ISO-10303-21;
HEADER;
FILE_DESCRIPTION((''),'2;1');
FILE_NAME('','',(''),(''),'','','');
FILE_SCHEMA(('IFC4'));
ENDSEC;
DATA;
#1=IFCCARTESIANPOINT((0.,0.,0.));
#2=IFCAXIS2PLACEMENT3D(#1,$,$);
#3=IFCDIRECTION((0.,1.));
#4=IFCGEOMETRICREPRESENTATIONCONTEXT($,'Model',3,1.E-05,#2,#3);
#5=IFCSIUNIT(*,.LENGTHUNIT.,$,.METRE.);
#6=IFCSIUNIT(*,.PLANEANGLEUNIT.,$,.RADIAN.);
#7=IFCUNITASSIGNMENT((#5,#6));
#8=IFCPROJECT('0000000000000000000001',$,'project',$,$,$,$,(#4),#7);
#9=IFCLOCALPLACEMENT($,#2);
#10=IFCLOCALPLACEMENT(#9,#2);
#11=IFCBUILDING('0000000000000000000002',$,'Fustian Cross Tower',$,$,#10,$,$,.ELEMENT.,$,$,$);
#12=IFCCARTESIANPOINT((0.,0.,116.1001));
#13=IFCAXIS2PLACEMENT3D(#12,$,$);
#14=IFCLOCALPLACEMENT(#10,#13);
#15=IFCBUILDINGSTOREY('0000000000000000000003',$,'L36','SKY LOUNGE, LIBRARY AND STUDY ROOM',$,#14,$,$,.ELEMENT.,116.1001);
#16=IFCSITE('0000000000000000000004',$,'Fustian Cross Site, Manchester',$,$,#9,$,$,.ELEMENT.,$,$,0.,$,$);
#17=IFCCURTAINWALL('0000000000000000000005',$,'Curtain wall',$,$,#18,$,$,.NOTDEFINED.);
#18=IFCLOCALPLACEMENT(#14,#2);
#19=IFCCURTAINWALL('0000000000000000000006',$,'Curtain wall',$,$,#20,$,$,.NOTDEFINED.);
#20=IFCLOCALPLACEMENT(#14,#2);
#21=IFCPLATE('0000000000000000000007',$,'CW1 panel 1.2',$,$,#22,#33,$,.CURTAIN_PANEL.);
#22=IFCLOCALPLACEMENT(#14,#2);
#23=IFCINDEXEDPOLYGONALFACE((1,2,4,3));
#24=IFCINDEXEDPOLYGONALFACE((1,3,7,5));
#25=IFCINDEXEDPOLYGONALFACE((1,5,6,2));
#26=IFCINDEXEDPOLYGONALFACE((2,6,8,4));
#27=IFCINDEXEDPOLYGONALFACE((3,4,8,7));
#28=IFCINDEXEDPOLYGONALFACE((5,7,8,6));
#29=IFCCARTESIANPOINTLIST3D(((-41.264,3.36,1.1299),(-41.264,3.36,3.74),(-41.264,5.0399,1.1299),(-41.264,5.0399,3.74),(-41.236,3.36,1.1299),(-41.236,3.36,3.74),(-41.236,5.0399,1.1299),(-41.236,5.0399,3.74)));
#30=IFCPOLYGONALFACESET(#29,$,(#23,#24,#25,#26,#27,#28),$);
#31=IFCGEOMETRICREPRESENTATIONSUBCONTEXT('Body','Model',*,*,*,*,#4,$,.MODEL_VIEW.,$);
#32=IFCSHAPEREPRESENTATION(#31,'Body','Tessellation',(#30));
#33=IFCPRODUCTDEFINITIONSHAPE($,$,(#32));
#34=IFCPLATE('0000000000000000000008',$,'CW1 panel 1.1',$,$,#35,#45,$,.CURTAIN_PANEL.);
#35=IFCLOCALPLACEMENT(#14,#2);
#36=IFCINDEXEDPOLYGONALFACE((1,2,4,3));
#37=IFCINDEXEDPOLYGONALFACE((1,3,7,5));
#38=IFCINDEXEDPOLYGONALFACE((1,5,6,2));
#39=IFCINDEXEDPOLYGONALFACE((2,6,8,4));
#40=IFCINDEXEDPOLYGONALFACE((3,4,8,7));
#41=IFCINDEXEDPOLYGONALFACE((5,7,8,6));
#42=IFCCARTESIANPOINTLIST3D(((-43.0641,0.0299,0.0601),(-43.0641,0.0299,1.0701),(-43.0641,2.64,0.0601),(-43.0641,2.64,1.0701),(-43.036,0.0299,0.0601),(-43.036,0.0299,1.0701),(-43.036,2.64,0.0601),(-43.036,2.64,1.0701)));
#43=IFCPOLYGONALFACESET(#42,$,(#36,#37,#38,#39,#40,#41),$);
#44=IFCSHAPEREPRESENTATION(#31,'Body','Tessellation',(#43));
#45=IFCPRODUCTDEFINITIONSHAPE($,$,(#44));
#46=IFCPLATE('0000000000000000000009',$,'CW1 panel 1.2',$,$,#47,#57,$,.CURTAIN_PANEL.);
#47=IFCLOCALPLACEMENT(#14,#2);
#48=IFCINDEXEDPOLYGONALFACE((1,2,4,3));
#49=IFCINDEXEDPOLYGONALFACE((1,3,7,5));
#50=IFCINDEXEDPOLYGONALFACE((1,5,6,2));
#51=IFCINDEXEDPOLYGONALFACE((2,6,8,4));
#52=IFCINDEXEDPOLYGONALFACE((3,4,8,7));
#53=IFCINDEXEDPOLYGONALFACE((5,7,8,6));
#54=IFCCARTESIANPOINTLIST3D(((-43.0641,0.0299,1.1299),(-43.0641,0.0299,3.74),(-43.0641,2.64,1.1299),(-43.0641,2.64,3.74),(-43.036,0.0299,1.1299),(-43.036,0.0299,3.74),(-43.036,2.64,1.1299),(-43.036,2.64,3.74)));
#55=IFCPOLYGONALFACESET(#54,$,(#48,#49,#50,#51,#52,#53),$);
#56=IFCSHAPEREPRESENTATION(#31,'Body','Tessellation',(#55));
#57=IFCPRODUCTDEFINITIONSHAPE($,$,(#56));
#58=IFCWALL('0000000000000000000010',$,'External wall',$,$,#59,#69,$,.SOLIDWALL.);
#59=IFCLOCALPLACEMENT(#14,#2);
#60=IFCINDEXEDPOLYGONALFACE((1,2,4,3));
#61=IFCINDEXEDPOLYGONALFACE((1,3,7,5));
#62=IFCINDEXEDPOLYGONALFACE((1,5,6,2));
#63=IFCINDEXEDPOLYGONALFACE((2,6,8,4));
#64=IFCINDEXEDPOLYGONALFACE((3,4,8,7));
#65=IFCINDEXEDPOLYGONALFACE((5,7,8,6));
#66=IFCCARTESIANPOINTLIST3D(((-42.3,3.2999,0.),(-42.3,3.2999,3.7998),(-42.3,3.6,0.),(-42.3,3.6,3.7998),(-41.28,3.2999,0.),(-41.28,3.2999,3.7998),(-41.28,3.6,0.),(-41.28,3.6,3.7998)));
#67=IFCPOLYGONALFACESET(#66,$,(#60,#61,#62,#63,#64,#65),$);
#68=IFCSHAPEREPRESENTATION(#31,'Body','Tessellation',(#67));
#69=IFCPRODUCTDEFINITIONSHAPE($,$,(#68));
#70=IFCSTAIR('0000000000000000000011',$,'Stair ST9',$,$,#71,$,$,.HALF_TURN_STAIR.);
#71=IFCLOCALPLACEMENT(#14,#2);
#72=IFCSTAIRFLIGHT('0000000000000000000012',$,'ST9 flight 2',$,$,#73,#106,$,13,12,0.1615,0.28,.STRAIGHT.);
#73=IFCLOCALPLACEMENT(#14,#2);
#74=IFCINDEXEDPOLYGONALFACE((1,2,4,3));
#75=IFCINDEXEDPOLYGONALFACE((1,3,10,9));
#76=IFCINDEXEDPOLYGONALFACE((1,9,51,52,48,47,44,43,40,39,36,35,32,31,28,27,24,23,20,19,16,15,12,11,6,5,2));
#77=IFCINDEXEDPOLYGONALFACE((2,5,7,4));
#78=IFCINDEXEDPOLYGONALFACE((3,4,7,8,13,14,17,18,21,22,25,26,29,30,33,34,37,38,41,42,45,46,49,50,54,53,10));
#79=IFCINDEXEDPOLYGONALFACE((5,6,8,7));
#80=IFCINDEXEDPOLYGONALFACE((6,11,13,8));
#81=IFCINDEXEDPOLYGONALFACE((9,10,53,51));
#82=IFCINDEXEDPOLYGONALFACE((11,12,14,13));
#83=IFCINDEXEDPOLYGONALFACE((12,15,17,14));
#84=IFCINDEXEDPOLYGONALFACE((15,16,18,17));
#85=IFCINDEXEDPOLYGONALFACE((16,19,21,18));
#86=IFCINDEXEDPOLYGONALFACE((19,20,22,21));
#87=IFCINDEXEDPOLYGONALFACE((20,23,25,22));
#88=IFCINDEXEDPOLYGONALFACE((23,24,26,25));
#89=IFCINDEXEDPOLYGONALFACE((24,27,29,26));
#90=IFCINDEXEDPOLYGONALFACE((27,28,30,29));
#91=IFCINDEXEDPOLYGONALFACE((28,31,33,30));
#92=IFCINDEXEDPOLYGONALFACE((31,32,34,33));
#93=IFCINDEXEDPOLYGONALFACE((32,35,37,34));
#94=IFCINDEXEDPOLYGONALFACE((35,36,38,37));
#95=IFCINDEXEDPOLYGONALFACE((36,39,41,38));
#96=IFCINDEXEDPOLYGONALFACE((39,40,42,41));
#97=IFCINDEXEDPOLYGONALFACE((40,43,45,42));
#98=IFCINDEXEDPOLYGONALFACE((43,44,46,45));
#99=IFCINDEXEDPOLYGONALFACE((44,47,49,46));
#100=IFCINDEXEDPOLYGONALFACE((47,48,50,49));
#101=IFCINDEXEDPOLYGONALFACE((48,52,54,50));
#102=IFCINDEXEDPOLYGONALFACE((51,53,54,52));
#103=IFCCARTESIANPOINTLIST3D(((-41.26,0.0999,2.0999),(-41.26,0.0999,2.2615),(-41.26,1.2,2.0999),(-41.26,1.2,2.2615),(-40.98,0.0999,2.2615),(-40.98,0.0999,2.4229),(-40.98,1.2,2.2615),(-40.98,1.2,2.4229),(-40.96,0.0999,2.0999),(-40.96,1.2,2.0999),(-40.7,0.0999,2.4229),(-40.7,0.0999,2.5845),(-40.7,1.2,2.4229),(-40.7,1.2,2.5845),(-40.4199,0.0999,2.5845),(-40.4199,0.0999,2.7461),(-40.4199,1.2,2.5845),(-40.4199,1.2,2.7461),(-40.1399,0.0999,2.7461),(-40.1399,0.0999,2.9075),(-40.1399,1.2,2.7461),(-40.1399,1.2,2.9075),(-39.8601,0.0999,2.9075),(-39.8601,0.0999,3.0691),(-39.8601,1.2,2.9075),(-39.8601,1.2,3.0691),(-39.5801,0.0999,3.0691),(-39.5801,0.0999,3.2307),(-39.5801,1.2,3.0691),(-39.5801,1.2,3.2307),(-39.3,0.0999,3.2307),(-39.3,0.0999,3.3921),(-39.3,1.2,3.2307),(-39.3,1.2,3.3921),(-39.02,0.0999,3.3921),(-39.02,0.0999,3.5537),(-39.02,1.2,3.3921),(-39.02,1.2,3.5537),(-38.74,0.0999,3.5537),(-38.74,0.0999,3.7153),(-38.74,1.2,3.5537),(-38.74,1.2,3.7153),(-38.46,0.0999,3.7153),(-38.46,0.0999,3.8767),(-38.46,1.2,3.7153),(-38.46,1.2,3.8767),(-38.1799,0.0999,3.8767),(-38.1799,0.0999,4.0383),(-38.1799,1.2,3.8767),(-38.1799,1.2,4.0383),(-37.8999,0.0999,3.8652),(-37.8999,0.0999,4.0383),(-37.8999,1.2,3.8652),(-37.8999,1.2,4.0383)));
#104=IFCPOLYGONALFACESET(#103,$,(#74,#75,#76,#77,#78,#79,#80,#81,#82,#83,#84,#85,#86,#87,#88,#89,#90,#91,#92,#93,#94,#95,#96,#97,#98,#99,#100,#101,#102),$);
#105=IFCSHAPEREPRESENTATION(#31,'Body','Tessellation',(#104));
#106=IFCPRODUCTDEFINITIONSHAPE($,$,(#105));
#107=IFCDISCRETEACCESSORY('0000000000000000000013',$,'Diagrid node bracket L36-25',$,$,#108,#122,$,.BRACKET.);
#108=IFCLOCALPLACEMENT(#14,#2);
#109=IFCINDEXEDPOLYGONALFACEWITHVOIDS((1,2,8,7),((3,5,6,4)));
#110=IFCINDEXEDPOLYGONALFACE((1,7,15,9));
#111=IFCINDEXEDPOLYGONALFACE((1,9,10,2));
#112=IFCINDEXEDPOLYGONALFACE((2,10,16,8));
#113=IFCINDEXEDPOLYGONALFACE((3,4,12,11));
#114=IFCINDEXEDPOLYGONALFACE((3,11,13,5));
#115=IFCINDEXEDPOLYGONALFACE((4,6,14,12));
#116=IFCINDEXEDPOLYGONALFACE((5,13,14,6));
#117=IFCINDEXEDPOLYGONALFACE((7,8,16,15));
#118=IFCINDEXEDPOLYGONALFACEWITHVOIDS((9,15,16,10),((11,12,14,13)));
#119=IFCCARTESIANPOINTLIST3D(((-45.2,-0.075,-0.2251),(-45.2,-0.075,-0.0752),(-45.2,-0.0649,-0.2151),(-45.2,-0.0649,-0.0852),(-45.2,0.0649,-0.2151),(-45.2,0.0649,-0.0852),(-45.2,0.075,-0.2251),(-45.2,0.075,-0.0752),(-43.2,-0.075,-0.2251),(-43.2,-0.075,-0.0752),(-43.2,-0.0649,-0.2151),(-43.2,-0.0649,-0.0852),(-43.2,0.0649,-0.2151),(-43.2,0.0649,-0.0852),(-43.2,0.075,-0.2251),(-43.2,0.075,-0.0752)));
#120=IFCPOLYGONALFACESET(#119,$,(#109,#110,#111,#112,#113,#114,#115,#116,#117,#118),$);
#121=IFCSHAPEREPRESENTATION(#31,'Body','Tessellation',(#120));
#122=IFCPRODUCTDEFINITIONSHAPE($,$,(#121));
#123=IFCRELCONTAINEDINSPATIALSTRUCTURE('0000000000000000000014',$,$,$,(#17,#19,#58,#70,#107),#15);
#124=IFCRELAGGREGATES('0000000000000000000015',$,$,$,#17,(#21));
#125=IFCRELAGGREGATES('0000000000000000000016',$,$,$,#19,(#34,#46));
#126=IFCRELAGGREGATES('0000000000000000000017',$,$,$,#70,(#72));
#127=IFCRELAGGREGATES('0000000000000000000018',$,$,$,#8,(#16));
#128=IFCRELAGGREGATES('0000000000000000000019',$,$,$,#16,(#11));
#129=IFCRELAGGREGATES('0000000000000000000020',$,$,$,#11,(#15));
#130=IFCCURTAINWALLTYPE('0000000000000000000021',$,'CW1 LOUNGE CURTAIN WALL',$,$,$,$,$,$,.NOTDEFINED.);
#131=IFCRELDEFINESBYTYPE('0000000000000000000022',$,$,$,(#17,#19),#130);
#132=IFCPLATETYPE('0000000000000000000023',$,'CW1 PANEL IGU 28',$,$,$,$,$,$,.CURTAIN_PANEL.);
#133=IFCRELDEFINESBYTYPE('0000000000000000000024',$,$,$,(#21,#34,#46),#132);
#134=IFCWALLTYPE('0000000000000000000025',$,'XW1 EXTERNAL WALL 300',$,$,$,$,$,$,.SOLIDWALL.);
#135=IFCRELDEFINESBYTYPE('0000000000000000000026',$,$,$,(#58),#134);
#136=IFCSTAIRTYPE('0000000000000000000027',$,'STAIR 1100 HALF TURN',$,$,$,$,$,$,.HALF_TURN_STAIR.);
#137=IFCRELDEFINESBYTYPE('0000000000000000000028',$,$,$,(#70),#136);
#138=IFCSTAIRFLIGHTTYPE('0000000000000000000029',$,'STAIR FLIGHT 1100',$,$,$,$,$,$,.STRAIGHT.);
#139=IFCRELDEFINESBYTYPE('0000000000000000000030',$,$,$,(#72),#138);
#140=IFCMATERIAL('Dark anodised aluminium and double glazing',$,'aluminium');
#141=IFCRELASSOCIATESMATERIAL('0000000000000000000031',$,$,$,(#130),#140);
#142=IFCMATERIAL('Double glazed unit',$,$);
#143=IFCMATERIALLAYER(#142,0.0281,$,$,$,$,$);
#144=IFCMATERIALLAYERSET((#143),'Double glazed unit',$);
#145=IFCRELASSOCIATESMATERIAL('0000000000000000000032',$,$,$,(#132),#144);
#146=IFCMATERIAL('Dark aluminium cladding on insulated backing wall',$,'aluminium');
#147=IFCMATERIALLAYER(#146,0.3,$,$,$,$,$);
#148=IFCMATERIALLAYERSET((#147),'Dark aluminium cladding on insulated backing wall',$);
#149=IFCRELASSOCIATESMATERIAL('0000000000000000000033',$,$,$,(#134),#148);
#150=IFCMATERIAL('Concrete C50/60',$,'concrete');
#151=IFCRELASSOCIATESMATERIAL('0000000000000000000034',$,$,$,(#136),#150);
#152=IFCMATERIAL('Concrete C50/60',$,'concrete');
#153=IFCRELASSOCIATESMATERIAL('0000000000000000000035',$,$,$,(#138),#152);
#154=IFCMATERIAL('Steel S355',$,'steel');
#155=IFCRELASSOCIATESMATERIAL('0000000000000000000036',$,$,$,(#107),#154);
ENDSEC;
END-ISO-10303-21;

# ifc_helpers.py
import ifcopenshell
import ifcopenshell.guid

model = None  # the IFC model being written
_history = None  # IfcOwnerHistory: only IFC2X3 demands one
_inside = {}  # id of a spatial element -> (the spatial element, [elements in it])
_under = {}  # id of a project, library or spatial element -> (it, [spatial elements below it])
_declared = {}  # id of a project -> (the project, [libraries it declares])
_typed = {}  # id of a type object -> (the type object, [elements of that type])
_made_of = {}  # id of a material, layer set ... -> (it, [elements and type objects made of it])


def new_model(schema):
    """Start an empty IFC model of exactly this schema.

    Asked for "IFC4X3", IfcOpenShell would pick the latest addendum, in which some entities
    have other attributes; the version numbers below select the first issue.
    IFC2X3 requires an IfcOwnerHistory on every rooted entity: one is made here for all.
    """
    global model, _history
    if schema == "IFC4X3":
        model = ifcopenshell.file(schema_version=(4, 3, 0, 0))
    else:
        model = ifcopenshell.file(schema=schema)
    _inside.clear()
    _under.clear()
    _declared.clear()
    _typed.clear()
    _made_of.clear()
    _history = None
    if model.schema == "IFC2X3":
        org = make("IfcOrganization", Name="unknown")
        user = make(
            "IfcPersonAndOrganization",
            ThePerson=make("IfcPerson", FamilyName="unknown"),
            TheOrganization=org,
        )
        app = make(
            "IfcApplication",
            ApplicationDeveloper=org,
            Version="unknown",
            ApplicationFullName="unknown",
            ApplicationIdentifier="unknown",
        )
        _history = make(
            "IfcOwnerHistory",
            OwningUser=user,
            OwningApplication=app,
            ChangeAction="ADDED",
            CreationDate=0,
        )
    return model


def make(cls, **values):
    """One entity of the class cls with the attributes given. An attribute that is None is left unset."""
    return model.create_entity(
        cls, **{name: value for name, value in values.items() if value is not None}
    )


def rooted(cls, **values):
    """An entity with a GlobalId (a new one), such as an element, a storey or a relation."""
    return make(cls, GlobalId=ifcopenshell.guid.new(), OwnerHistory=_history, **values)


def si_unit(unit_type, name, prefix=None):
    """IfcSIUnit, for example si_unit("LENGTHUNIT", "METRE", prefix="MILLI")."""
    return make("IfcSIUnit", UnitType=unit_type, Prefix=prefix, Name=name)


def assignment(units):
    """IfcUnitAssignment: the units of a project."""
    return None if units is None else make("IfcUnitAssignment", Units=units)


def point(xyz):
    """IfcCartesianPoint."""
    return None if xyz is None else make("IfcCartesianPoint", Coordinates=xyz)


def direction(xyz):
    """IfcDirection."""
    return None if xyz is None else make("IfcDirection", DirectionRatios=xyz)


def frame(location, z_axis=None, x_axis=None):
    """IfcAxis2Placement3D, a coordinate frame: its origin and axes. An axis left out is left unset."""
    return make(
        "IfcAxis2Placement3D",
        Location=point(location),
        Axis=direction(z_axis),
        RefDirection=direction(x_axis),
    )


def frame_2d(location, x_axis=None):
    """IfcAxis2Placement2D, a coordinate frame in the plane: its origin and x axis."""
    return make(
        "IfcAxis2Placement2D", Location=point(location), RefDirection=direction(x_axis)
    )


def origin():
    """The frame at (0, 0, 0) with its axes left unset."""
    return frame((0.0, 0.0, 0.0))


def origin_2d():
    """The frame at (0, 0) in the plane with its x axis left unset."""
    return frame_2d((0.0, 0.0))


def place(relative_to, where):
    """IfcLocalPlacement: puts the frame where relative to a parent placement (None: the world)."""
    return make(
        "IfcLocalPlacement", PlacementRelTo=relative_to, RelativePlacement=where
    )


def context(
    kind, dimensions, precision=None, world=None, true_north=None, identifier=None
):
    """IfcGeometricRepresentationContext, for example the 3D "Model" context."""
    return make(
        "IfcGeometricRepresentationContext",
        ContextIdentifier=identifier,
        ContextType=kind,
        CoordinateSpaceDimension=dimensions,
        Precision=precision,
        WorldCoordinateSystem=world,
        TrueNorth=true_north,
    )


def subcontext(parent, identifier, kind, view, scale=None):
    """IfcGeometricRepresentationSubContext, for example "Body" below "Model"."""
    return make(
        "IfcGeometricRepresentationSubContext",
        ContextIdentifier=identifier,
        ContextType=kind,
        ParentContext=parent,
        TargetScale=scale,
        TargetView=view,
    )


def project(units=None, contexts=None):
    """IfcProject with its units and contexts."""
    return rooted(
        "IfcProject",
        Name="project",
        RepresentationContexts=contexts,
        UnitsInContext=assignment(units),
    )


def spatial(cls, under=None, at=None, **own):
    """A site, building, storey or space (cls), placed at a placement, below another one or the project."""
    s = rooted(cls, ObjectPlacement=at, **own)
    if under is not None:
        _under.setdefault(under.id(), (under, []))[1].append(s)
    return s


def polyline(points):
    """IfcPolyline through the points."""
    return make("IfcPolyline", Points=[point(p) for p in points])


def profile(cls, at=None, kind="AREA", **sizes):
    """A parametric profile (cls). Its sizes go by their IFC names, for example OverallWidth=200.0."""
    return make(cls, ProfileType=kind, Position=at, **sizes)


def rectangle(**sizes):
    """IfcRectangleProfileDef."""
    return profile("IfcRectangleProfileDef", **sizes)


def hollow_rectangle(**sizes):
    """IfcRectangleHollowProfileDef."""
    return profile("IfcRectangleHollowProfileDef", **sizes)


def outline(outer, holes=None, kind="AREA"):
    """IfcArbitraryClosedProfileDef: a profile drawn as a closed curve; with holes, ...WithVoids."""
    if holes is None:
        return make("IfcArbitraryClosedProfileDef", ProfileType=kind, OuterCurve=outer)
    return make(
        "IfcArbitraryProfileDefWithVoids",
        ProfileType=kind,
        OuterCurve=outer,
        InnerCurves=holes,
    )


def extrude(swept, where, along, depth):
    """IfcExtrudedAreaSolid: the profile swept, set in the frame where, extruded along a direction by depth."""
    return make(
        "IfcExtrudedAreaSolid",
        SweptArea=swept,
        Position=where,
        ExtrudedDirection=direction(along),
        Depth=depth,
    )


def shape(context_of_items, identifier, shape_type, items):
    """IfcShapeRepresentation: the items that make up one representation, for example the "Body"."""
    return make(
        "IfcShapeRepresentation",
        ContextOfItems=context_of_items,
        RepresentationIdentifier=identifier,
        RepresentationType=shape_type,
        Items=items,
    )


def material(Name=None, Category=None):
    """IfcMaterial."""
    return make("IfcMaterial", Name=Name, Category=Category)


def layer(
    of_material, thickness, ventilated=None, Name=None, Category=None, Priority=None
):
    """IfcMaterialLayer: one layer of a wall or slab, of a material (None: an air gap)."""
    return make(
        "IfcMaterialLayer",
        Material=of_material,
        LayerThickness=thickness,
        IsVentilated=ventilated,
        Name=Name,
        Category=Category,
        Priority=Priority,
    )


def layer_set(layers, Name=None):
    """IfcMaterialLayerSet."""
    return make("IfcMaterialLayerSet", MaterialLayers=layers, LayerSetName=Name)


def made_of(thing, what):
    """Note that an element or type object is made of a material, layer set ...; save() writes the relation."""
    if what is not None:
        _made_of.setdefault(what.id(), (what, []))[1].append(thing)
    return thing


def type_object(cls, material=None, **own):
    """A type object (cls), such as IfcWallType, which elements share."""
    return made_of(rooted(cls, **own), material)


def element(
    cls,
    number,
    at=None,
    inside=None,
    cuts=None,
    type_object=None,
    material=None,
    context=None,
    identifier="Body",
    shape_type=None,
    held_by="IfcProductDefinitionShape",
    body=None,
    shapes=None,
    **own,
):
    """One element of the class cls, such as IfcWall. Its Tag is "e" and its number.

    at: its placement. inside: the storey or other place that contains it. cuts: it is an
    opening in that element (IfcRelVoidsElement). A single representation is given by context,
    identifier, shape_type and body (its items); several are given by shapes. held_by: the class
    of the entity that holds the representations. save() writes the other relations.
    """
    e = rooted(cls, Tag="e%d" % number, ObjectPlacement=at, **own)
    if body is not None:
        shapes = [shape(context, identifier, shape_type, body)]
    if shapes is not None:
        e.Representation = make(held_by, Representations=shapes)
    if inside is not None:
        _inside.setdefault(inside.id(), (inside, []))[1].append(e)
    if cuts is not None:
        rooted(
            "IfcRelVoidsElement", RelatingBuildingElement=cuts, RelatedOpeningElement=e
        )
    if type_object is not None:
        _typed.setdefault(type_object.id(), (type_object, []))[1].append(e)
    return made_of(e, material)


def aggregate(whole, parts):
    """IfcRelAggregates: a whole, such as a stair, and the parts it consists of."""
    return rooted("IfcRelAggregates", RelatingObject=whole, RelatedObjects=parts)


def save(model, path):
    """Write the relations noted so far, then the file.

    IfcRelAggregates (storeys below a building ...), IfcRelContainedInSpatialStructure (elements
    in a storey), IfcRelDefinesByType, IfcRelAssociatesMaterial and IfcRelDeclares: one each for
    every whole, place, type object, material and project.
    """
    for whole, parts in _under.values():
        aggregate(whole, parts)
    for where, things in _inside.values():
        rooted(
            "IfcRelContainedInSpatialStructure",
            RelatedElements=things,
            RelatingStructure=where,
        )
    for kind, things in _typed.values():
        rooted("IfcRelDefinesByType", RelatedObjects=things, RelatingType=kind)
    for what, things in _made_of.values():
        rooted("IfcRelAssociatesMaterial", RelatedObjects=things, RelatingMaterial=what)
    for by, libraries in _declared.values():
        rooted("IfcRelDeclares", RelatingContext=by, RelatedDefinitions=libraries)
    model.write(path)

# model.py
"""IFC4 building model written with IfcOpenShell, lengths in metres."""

from ifc_helpers import new_model, si_unit, direction, frame, frame_2d, origin, origin_2d, place, context, subcontext, project, spatial, polyline, rectangle, hollow_rectangle, outline, extrude, material, layer, layer_set, type_object, element, aggregate, save


model = new_model("IFC4")

# Units and contexts
model_context = context("Model", 3, precision=1e-05, world=origin(), true_north=direction((0.0, 1.0)))
body_context = subcontext(model_context, "Body", "Model", "MODEL_VIEW")
ifc_project = project(units=[si_unit("LENGTHUNIT", "METRE"), si_unit("PLANEANGLEUNIT", "RADIAN")], contexts=[model_context])

# Site, building, storey
site_placement = place(None, origin())
site = spatial("IfcSite", under=ifc_project, at=site_placement, Name="Fustian Cross Site, Manchester", CompositionType="ELEMENT", RefElevation=0.0)
building_placement = place(site_placement, origin())
building = spatial("IfcBuilding", under=site, at=building_placement, Name="Fustian Cross Tower", CompositionType="ELEMENT")
storey_placement = place(building_placement, frame((0.0, 0.0, 116.1001)))
storey = spatial("IfcBuildingStorey", under=building, at=storey_placement, Name="L36", Description="SKY LOUNGE, LIBRARY AND STUDY ROOM", CompositionType="ELEMENT", Elevation=116.1001)

# Curtain wall
ifc_material_1 = material(Name="Dark anodised aluminium and double glazing", Category="aluminium")
curtain_wall_type = type_object("IfcCurtainWallType", Name="CW1 LOUNGE CURTAIN WALL", PredefinedType="NOTDEFINED", material=ifc_material_1)
curtain_wall_1_placement = place(storey_placement, origin())
curtain_wall_1 = element("IfcCurtainWall", 1, at=curtain_wall_1_placement, inside=storey, type_object=curtain_wall_type, Name="Curtain wall", PredefinedType="NOTDEFINED")

# Curtain wall
curtain_wall_2_placement = place(storey_placement, origin())
curtain_wall_2 = element("IfcCurtainWall", 2, at=curtain_wall_2_placement, inside=storey, type_object=curtain_wall_type, Name="Curtain wall", PredefinedType="NOTDEFINED")

# Plates
ifc_material_2 = material(Name="Double glazed unit")
ifc_layer_1 = layer(ifc_material_2, 0.0281)
ifc_layer_set_1 = layer_set([ifc_layer_1], Name="Double glazed unit")
plate_type = type_object("IfcPlateType", Name="CW1 PANEL IGU 28", PredefinedType="CURTAIN_PANEL", material=ifc_layer_set_1)
plate_1_placement = place(storey_placement, frame((-41.25, 4.2, 1.1299), z_axis=(0.0, 0.0, 1.0), x_axis=(0.0, -1.0, 0.0)))
plate_1 = element("IfcPlate", 3, at=plate_1_placement, type_object=plate_type, Name="CW1 panel 1.2", PredefinedType="CURTAIN_PANEL", context=body_context, shape_type="SweptSolid", body=[
    extrude(rectangle(XDim=1.6799, YDim=0.0281, at=origin_2d()), origin(), (0.0, 0.0, 1.0), 2.6101),
])
aggregate(curtain_wall_1, [plate_1])
plate_2_placement = place(storey_placement, frame((-43.05, 1.335, 0.0601), z_axis=(0.0, 0.0, 1.0), x_axis=(0.0, -1.0, 0.0)))
plate_2 = element("IfcPlate", 4, at=plate_2_placement, type_object=plate_type, Name="CW1 panel 1.1", PredefinedType="CURTAIN_PANEL", context=body_context, shape_type="SweptSolid", body=[
    extrude(rectangle(XDim=2.6101, YDim=0.0281, at=origin_2d()), origin(), (0.0, 0.0, 1.0), 1.01),
])
plate_3_placement = place(storey_placement, frame((-43.05, 1.335, 1.1299), z_axis=(0.0, 0.0, 1.0), x_axis=(0.0, -1.0, 0.0)))
plate_3 = element("IfcPlate", 5, at=plate_3_placement, type_object=plate_type, Name="CW1 panel 1.2", PredefinedType="CURTAIN_PANEL", context=body_context, shape_type="SweptSolid", body=[
    extrude(rectangle(XDim=2.6101, YDim=0.0281, at=origin_2d()), origin(), (0.0, 0.0, 1.0), 2.6101),
])
aggregate(curtain_wall_2, [plate_2, plate_3])

# Wall
ifc_material_3 = material(Name="Dark aluminium cladding on insulated backing wall", Category="aluminium")
ifc_layer_2 = layer(ifc_material_3, 0.3)
ifc_layer_set_2 = layer_set([ifc_layer_2], Name="Dark aluminium cladding on insulated backing wall")
wall_type = type_object("IfcWallType", Name="XW1 EXTERNAL WALL 300", PredefinedType="SOLIDWALL", material=ifc_layer_set_2)
wall_placement = place(storey_placement, frame((-41.28, 3.45, 0.0), z_axis=(0.0, 0.0, 1.0), x_axis=(-1.0, 0.0, 0.0)))
element("IfcWall", 6, at=wall_placement, inside=storey, type_object=wall_type, Name="External wall", PredefinedType="SOLIDWALL", context=body_context, shape_type="SweptSolid", body=[
    extrude(rectangle(XDim=1.02, YDim=0.3, at=frame_2d((0.51, 0.0))), origin(), (0.0, 0.0, 1.0), 3.7998),
])

# Stair, stair flight
ifc_material_4 = material(Name="Concrete C50/60", Category="concrete")
stair_type = type_object("IfcStairType", Name="STAIR 1100 HALF TURN", PredefinedType="HALF_TURN_STAIR", material=ifc_material_4)
stair_placement = place(storey_placement, origin())
stair = element("IfcStair", 7, at=stair_placement, inside=storey, type_object=stair_type, Name="Stair ST9", PredefinedType="HALF_TURN_STAIR")
ifc_material_5 = material(Name="Concrete C50/60", Category="concrete")
stair_flight_type = type_object("IfcStairFlightType", Name="STAIR FLIGHT 1100", PredefinedType="STRAIGHT", material=ifc_material_5)
stair_flight_placement = place(storey_placement, frame((-41.26, 0.6499, 2.0999), z_axis=(0.0, 0.0, 1.0), x_axis=(1.0, 0.0, 0.0)))
stair_flight = element("IfcStairFlight", 8, at=stair_flight_placement, type_object=stair_flight_type, Name="ST9 flight 2", NumberOfRisers=13, NumberOfTreads=12, PredefinedType="STRAIGHT", RiserHeight=0.1615, TreadLength=0.28, context=body_context, shape_type="SweptSolid", body=[
    extrude(outline(polyline([(0.0, 0.0), (0.0, 0.1616), (0.28, 0.1616), (0.28, 0.323), (0.5601, 0.323), (0.5601, 0.4846), (0.8401, 0.4846), (0.8401, 0.6462), (1.1201, 0.6462), (1.1201, 0.8076), (1.3999, 0.8076), (1.3999, 0.9692), (1.6799, 0.9692), (1.6799, 1.1309), (1.96, 1.1309), (1.96, 1.2922), (2.24, 1.2922), (2.24, 1.4539), (2.52, 1.4539), (2.52, 1.6155), (2.8, 1.6155), (2.8, 1.7769), (3.0801, 1.7769), (3.0801, 1.9385), (3.3601, 1.9385), (3.3601, 2.1001), (3.3601, 1.7654), (0.3, 0.0), (0.0, 0.0)])), frame((0.0, 0.55, 0.0), z_axis=(0.0, -1.0, 0.0), x_axis=(1.0, 0.0, 0.0)), (0.0, 0.0, 1.0), 1.1001),
])
aggregate(stair, [stair_flight])

# Discrete accessory
ifc_material_6 = material(Name="Steel S355", Category="steel")
discrete_accessory_placement = place(storey_placement, frame((-45.2, 0.0, -0.1501), z_axis=(1.0, 0.0, 0.0), x_axis=(0.0, 1.0, 0.0)))
element("IfcDiscreteAccessory", 9, at=discrete_accessory_placement, inside=storey, material=ifc_material_6, Name="Diagrid node bracket L36-25", PredefinedType="BRACKET", context=body_context, shape_type="SweptSolid", body=[
    extrude(hollow_rectangle(XDim=0.1499, YDim=0.1499, WallThickness=0.01, at=origin_2d()), origin(), (0.0, 0.0, 1.0), 2.0),
])

save(model, "model.ifc")
